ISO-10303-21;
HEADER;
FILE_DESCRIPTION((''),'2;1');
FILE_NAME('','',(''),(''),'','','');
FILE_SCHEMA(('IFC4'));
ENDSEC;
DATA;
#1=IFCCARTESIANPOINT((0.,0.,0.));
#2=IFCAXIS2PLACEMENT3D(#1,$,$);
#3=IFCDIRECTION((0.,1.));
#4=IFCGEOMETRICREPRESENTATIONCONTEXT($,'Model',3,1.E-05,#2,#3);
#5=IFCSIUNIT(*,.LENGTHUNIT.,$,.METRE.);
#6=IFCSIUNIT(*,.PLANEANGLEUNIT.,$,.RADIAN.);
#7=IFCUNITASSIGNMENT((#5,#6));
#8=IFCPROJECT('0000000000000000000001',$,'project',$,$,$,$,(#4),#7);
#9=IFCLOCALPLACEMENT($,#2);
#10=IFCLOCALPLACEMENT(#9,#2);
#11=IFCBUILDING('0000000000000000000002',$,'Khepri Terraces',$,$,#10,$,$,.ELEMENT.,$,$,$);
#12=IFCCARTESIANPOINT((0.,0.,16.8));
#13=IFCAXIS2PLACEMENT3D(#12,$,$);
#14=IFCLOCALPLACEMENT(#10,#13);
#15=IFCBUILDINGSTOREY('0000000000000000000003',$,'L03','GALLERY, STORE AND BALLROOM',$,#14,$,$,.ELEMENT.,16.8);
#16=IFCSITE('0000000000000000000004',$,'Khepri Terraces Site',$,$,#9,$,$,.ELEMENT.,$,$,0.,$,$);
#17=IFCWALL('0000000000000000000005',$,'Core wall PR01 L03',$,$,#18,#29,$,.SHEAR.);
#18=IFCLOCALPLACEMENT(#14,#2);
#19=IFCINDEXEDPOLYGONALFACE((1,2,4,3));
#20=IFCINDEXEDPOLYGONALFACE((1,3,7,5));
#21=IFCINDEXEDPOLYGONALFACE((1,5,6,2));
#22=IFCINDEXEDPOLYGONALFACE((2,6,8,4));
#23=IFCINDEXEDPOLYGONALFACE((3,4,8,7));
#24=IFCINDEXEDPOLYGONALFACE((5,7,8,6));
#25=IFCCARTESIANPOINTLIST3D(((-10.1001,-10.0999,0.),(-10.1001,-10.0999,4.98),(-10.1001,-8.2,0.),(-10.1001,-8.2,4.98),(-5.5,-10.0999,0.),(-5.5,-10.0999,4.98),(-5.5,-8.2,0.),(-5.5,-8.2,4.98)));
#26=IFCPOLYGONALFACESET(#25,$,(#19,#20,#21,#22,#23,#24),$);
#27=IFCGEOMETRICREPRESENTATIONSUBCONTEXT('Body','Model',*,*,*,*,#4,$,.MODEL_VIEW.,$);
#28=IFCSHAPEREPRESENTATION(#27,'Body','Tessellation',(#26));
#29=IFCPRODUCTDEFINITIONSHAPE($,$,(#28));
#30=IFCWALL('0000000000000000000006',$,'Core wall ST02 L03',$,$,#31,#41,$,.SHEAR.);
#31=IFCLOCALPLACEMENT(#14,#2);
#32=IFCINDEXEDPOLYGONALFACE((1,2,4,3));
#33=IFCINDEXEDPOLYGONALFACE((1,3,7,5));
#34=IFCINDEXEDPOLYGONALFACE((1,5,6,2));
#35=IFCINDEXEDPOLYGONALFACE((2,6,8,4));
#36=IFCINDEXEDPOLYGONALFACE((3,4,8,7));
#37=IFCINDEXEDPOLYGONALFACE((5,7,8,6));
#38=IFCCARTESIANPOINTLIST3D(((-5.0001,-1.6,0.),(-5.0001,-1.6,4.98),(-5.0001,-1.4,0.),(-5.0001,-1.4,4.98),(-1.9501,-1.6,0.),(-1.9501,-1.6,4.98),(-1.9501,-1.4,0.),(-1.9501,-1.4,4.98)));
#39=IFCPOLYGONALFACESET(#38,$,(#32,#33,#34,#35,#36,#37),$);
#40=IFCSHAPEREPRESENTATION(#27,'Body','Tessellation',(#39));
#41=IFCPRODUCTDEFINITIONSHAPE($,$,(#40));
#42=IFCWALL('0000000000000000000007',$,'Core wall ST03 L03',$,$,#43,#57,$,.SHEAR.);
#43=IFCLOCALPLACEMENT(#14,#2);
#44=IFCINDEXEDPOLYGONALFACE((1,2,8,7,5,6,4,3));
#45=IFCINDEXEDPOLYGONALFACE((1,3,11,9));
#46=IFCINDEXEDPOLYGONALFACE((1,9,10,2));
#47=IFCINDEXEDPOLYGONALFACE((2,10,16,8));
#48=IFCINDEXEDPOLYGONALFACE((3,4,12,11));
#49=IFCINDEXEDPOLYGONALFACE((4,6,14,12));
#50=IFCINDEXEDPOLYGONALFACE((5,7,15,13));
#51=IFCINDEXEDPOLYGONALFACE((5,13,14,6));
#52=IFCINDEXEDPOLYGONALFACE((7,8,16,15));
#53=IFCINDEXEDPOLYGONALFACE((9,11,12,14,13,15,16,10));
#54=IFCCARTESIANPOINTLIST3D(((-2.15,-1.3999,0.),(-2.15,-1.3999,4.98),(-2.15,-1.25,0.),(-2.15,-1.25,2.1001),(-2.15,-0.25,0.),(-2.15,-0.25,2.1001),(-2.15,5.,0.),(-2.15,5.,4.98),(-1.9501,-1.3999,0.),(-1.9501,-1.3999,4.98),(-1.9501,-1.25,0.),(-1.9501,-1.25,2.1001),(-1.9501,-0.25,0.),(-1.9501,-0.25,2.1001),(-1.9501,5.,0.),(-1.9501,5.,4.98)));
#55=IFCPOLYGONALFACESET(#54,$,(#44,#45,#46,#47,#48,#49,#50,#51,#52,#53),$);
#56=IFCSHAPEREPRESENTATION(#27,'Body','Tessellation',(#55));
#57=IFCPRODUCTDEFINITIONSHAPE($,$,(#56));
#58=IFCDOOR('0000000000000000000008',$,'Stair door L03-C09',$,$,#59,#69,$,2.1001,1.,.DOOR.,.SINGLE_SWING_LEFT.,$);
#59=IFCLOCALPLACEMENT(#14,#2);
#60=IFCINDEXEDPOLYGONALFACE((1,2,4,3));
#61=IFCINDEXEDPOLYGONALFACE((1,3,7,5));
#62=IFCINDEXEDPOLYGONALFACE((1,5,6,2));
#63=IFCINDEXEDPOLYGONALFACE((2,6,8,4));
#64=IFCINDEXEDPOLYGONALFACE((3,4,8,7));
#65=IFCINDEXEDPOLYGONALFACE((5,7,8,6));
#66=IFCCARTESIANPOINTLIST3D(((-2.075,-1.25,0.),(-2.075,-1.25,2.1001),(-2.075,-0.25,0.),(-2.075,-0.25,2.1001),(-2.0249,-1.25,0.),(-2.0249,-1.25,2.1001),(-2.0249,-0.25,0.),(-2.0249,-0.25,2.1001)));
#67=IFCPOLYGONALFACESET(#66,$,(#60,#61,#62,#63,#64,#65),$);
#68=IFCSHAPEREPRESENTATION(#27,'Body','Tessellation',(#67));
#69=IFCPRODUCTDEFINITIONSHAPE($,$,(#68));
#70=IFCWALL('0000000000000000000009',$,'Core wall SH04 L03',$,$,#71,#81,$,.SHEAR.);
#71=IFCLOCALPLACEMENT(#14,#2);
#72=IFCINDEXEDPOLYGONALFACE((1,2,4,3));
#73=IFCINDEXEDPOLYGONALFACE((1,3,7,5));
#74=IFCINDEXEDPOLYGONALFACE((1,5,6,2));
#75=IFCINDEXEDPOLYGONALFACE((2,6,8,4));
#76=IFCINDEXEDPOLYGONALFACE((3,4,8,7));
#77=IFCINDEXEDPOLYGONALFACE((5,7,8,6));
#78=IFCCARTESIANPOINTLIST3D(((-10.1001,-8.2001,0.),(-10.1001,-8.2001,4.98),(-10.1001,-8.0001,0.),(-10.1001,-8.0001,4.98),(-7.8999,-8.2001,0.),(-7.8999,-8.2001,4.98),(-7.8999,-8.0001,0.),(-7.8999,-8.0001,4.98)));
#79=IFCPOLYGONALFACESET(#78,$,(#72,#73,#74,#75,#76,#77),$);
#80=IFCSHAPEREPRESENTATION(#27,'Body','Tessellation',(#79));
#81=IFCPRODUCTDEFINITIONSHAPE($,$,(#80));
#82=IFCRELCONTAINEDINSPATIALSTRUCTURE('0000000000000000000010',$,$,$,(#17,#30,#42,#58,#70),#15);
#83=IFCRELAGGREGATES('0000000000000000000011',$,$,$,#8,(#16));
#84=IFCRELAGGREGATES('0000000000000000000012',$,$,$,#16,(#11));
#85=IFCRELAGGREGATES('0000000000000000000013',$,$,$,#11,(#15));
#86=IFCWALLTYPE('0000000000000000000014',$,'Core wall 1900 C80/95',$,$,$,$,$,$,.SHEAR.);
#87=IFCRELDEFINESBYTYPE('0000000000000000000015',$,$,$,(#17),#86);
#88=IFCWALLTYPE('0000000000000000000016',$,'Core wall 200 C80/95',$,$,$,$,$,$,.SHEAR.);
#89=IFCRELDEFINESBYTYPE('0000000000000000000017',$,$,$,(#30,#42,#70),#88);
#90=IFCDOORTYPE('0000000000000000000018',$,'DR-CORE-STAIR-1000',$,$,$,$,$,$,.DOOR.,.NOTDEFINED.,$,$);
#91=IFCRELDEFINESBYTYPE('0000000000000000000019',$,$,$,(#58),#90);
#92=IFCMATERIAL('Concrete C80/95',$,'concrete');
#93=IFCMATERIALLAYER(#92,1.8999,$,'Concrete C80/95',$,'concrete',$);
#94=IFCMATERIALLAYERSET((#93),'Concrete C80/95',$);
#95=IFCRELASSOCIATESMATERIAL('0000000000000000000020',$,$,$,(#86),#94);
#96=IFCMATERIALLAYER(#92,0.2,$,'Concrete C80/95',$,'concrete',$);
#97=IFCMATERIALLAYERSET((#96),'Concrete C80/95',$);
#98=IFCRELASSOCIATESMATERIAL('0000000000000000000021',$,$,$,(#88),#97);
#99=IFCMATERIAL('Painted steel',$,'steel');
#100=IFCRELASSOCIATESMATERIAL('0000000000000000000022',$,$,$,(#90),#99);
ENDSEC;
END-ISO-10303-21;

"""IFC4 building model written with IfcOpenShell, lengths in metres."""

from ifc_helpers import new_model, si_unit, direction, frame, frame_2d, origin, place, context, subcontext, project, spatial, rectangle, extrude, material, layer, layer_set, type_object, element, fill, save


model = new_model("IFC4")

# Units and contexts
model_context = context("Model", 3, precision=1e-05, world=origin(), true_north=direction((0.0, 1.0)))
body_context = subcontext(model_context, "Body", "Model", "MODEL_VIEW")
ifc_project = project(units=[si_unit("LENGTHUNIT", "METRE"), si_unit("PLANEANGLEUNIT", "RADIAN")], contexts=[model_context])

# Site, building, storey
site_placement = place(None, origin())
site = spatial("IfcSite", under=ifc_project, at=site_placement, Name="Khepri Terraces Site", CompositionType="ELEMENT", RefElevation=0.0)
building_placement = place(site_placement, origin())
building = spatial("IfcBuilding", under=site, at=building_placement, Name="Khepri Terraces", CompositionType="ELEMENT")
storey_placement = place(building_placement, frame((0.0, 0.0, 16.8)))
storey = spatial("IfcBuildingStorey", under=building, at=storey_placement, Name="L03", Description="GALLERY, STORE AND BALLROOM", CompositionType="ELEMENT", Elevation=16.8)

# Walls
ifc_material_1 = material(Name="Concrete C80/95", Category="concrete")
ifc_layer_1 = layer(ifc_material_1, 1.8999, Name="Concrete C80/95", Category="concrete")
ifc_layer_set_1 = layer_set([ifc_layer_1], Name="Concrete C80/95")
wall_type_1 = type_object("IfcWallType", Name="Core wall 1900 C80/95", PredefinedType="SHEAR", material=ifc_layer_set_1)
wall_1_placement = place(storey_placement, frame((-10.1001, -9.1499, 0.0), z_axis=(0.0, 0.0, 1.0), x_axis=(1.0, 0.0, 0.0)))
element("IfcWall", 1, at=wall_1_placement, inside=storey, type_object=wall_type_1, Name="Core wall PR01 L03", PredefinedType="SHEAR", context=body_context, shape_type="SweptSolid", body=[
    extrude(rectangle(XDim=4.6001, YDim=1.8999, at=frame_2d((2.3, 0.0))), origin(), (0.0, 0.0, 1.0), 4.98),
])
ifc_layer_2 = layer(ifc_material_1, 0.2, Name="Concrete C80/95", Category="concrete")
ifc_layer_set_2 = layer_set([ifc_layer_2], Name="Concrete C80/95")
wall_type_2 = type_object("IfcWallType", Name="Core wall 200 C80/95", PredefinedType="SHEAR", material=ifc_layer_set_2)
wall_2_placement = place(storey_placement, frame((-5.0, -1.5, 0.0), z_axis=(0.0, 0.0, 1.0), x_axis=(1.0, 0.0, 0.0)))
element("IfcWall", 2, at=wall_2_placement, inside=storey, type_object=wall_type_2, Name="Core wall ST02 L03", PredefinedType="SHEAR", context=body_context, shape_type="SweptSolid", body=[
    extrude(rectangle(XDim=3.05, YDim=0.2, at=frame_2d((1.5249, 0.0))), origin(), (0.0, 0.0, 1.0), 4.98),
])

# Wall, opening, door
wall_3_placement = place(storey_placement, frame((-2.05, -1.3999, 0.0), z_axis=(0.0, 0.0, 1.0), x_axis=(0.0, 1.0, 0.0)))
wall_3 = element("IfcWall", 3, at=wall_3_placement, inside=storey, type_object=wall_type_2, Name="Core wall ST03 L03", PredefinedType="SHEAR", context=body_context, shape_type="SweptSolid", body=[
    extrude(rectangle(XDim=6.3999, YDim=0.2, at=frame_2d((3.2, 0.0))), origin(), (0.0, 0.0, 1.0), 4.98),
])
opening_1_placement = place(wall_3_placement, frame((0.1499, 0.0, 0.0)))
opening_1 = element("IfcOpeningElement", 4, at=opening_1_placement, cuts=wall_3, PredefinedType="OPENING", context=body_context, shape_type="SweptSolid", body=[
    extrude(rectangle(XDim=1.0, YDim=2.1001, at=frame_2d((0.5, 1.05))), frame((0.0, 0.1099, 0.0), z_axis=(0.0, -1.0, 0.0), x_axis=(1.0, 0.0, 0.0)), (0.0, 0.0, 1.0), 0.22),
])
ifc_material_2 = material(Name="Painted steel", Category="steel")
door_type_1 = type_object("IfcDoorType", Name="DR-CORE-STAIR-1000", OperationType="NOTDEFINED", PredefinedType="DOOR", material=ifc_material_2)
door_1_placement = place(opening_1_placement, origin())
door_1 = element("IfcDoor", 5, at=door_1_placement, inside=storey, type_object=door_type_1, Name="Stair door L03-C09", OperationType="SINGLE_SWING_LEFT", OverallHeight=2.1001, OverallWidth=1.0, PredefinedType="DOOR", context=body_context, shape_type="SweptSolid", body=[
    extrude(rectangle(XDim=1.0, YDim=2.1001, at=frame_2d((0.5, 1.05))), frame((0.0, 0.0249, 0.0), z_axis=(0.0, -1.0, 0.0), x_axis=(1.0, 0.0, 0.0)), (0.0, 0.0, 1.0), 0.05),
])
fill(opening_1, door_1)

# Wall
wall_4_placement = place(storey_placement, frame((-10.1001, -8.1001, 0.0), z_axis=(0.0, 0.0, 1.0), x_axis=(1.0, 0.0, 0.0)))
element("IfcWall", 6, at=wall_4_placement, inside=storey, type_object=wall_type_2, Name="Core wall SH04 L03", PredefinedType="SHEAR", context=body_context, shape_type="SweptSolid", body=[
    extrude(rectangle(XDim=2.2002, YDim=0.2, at=frame_2d((1.1001, 0.0))), origin(), (0.0, 0.0, 1.0), 4.98),
])

save(model, "model.ifc")
